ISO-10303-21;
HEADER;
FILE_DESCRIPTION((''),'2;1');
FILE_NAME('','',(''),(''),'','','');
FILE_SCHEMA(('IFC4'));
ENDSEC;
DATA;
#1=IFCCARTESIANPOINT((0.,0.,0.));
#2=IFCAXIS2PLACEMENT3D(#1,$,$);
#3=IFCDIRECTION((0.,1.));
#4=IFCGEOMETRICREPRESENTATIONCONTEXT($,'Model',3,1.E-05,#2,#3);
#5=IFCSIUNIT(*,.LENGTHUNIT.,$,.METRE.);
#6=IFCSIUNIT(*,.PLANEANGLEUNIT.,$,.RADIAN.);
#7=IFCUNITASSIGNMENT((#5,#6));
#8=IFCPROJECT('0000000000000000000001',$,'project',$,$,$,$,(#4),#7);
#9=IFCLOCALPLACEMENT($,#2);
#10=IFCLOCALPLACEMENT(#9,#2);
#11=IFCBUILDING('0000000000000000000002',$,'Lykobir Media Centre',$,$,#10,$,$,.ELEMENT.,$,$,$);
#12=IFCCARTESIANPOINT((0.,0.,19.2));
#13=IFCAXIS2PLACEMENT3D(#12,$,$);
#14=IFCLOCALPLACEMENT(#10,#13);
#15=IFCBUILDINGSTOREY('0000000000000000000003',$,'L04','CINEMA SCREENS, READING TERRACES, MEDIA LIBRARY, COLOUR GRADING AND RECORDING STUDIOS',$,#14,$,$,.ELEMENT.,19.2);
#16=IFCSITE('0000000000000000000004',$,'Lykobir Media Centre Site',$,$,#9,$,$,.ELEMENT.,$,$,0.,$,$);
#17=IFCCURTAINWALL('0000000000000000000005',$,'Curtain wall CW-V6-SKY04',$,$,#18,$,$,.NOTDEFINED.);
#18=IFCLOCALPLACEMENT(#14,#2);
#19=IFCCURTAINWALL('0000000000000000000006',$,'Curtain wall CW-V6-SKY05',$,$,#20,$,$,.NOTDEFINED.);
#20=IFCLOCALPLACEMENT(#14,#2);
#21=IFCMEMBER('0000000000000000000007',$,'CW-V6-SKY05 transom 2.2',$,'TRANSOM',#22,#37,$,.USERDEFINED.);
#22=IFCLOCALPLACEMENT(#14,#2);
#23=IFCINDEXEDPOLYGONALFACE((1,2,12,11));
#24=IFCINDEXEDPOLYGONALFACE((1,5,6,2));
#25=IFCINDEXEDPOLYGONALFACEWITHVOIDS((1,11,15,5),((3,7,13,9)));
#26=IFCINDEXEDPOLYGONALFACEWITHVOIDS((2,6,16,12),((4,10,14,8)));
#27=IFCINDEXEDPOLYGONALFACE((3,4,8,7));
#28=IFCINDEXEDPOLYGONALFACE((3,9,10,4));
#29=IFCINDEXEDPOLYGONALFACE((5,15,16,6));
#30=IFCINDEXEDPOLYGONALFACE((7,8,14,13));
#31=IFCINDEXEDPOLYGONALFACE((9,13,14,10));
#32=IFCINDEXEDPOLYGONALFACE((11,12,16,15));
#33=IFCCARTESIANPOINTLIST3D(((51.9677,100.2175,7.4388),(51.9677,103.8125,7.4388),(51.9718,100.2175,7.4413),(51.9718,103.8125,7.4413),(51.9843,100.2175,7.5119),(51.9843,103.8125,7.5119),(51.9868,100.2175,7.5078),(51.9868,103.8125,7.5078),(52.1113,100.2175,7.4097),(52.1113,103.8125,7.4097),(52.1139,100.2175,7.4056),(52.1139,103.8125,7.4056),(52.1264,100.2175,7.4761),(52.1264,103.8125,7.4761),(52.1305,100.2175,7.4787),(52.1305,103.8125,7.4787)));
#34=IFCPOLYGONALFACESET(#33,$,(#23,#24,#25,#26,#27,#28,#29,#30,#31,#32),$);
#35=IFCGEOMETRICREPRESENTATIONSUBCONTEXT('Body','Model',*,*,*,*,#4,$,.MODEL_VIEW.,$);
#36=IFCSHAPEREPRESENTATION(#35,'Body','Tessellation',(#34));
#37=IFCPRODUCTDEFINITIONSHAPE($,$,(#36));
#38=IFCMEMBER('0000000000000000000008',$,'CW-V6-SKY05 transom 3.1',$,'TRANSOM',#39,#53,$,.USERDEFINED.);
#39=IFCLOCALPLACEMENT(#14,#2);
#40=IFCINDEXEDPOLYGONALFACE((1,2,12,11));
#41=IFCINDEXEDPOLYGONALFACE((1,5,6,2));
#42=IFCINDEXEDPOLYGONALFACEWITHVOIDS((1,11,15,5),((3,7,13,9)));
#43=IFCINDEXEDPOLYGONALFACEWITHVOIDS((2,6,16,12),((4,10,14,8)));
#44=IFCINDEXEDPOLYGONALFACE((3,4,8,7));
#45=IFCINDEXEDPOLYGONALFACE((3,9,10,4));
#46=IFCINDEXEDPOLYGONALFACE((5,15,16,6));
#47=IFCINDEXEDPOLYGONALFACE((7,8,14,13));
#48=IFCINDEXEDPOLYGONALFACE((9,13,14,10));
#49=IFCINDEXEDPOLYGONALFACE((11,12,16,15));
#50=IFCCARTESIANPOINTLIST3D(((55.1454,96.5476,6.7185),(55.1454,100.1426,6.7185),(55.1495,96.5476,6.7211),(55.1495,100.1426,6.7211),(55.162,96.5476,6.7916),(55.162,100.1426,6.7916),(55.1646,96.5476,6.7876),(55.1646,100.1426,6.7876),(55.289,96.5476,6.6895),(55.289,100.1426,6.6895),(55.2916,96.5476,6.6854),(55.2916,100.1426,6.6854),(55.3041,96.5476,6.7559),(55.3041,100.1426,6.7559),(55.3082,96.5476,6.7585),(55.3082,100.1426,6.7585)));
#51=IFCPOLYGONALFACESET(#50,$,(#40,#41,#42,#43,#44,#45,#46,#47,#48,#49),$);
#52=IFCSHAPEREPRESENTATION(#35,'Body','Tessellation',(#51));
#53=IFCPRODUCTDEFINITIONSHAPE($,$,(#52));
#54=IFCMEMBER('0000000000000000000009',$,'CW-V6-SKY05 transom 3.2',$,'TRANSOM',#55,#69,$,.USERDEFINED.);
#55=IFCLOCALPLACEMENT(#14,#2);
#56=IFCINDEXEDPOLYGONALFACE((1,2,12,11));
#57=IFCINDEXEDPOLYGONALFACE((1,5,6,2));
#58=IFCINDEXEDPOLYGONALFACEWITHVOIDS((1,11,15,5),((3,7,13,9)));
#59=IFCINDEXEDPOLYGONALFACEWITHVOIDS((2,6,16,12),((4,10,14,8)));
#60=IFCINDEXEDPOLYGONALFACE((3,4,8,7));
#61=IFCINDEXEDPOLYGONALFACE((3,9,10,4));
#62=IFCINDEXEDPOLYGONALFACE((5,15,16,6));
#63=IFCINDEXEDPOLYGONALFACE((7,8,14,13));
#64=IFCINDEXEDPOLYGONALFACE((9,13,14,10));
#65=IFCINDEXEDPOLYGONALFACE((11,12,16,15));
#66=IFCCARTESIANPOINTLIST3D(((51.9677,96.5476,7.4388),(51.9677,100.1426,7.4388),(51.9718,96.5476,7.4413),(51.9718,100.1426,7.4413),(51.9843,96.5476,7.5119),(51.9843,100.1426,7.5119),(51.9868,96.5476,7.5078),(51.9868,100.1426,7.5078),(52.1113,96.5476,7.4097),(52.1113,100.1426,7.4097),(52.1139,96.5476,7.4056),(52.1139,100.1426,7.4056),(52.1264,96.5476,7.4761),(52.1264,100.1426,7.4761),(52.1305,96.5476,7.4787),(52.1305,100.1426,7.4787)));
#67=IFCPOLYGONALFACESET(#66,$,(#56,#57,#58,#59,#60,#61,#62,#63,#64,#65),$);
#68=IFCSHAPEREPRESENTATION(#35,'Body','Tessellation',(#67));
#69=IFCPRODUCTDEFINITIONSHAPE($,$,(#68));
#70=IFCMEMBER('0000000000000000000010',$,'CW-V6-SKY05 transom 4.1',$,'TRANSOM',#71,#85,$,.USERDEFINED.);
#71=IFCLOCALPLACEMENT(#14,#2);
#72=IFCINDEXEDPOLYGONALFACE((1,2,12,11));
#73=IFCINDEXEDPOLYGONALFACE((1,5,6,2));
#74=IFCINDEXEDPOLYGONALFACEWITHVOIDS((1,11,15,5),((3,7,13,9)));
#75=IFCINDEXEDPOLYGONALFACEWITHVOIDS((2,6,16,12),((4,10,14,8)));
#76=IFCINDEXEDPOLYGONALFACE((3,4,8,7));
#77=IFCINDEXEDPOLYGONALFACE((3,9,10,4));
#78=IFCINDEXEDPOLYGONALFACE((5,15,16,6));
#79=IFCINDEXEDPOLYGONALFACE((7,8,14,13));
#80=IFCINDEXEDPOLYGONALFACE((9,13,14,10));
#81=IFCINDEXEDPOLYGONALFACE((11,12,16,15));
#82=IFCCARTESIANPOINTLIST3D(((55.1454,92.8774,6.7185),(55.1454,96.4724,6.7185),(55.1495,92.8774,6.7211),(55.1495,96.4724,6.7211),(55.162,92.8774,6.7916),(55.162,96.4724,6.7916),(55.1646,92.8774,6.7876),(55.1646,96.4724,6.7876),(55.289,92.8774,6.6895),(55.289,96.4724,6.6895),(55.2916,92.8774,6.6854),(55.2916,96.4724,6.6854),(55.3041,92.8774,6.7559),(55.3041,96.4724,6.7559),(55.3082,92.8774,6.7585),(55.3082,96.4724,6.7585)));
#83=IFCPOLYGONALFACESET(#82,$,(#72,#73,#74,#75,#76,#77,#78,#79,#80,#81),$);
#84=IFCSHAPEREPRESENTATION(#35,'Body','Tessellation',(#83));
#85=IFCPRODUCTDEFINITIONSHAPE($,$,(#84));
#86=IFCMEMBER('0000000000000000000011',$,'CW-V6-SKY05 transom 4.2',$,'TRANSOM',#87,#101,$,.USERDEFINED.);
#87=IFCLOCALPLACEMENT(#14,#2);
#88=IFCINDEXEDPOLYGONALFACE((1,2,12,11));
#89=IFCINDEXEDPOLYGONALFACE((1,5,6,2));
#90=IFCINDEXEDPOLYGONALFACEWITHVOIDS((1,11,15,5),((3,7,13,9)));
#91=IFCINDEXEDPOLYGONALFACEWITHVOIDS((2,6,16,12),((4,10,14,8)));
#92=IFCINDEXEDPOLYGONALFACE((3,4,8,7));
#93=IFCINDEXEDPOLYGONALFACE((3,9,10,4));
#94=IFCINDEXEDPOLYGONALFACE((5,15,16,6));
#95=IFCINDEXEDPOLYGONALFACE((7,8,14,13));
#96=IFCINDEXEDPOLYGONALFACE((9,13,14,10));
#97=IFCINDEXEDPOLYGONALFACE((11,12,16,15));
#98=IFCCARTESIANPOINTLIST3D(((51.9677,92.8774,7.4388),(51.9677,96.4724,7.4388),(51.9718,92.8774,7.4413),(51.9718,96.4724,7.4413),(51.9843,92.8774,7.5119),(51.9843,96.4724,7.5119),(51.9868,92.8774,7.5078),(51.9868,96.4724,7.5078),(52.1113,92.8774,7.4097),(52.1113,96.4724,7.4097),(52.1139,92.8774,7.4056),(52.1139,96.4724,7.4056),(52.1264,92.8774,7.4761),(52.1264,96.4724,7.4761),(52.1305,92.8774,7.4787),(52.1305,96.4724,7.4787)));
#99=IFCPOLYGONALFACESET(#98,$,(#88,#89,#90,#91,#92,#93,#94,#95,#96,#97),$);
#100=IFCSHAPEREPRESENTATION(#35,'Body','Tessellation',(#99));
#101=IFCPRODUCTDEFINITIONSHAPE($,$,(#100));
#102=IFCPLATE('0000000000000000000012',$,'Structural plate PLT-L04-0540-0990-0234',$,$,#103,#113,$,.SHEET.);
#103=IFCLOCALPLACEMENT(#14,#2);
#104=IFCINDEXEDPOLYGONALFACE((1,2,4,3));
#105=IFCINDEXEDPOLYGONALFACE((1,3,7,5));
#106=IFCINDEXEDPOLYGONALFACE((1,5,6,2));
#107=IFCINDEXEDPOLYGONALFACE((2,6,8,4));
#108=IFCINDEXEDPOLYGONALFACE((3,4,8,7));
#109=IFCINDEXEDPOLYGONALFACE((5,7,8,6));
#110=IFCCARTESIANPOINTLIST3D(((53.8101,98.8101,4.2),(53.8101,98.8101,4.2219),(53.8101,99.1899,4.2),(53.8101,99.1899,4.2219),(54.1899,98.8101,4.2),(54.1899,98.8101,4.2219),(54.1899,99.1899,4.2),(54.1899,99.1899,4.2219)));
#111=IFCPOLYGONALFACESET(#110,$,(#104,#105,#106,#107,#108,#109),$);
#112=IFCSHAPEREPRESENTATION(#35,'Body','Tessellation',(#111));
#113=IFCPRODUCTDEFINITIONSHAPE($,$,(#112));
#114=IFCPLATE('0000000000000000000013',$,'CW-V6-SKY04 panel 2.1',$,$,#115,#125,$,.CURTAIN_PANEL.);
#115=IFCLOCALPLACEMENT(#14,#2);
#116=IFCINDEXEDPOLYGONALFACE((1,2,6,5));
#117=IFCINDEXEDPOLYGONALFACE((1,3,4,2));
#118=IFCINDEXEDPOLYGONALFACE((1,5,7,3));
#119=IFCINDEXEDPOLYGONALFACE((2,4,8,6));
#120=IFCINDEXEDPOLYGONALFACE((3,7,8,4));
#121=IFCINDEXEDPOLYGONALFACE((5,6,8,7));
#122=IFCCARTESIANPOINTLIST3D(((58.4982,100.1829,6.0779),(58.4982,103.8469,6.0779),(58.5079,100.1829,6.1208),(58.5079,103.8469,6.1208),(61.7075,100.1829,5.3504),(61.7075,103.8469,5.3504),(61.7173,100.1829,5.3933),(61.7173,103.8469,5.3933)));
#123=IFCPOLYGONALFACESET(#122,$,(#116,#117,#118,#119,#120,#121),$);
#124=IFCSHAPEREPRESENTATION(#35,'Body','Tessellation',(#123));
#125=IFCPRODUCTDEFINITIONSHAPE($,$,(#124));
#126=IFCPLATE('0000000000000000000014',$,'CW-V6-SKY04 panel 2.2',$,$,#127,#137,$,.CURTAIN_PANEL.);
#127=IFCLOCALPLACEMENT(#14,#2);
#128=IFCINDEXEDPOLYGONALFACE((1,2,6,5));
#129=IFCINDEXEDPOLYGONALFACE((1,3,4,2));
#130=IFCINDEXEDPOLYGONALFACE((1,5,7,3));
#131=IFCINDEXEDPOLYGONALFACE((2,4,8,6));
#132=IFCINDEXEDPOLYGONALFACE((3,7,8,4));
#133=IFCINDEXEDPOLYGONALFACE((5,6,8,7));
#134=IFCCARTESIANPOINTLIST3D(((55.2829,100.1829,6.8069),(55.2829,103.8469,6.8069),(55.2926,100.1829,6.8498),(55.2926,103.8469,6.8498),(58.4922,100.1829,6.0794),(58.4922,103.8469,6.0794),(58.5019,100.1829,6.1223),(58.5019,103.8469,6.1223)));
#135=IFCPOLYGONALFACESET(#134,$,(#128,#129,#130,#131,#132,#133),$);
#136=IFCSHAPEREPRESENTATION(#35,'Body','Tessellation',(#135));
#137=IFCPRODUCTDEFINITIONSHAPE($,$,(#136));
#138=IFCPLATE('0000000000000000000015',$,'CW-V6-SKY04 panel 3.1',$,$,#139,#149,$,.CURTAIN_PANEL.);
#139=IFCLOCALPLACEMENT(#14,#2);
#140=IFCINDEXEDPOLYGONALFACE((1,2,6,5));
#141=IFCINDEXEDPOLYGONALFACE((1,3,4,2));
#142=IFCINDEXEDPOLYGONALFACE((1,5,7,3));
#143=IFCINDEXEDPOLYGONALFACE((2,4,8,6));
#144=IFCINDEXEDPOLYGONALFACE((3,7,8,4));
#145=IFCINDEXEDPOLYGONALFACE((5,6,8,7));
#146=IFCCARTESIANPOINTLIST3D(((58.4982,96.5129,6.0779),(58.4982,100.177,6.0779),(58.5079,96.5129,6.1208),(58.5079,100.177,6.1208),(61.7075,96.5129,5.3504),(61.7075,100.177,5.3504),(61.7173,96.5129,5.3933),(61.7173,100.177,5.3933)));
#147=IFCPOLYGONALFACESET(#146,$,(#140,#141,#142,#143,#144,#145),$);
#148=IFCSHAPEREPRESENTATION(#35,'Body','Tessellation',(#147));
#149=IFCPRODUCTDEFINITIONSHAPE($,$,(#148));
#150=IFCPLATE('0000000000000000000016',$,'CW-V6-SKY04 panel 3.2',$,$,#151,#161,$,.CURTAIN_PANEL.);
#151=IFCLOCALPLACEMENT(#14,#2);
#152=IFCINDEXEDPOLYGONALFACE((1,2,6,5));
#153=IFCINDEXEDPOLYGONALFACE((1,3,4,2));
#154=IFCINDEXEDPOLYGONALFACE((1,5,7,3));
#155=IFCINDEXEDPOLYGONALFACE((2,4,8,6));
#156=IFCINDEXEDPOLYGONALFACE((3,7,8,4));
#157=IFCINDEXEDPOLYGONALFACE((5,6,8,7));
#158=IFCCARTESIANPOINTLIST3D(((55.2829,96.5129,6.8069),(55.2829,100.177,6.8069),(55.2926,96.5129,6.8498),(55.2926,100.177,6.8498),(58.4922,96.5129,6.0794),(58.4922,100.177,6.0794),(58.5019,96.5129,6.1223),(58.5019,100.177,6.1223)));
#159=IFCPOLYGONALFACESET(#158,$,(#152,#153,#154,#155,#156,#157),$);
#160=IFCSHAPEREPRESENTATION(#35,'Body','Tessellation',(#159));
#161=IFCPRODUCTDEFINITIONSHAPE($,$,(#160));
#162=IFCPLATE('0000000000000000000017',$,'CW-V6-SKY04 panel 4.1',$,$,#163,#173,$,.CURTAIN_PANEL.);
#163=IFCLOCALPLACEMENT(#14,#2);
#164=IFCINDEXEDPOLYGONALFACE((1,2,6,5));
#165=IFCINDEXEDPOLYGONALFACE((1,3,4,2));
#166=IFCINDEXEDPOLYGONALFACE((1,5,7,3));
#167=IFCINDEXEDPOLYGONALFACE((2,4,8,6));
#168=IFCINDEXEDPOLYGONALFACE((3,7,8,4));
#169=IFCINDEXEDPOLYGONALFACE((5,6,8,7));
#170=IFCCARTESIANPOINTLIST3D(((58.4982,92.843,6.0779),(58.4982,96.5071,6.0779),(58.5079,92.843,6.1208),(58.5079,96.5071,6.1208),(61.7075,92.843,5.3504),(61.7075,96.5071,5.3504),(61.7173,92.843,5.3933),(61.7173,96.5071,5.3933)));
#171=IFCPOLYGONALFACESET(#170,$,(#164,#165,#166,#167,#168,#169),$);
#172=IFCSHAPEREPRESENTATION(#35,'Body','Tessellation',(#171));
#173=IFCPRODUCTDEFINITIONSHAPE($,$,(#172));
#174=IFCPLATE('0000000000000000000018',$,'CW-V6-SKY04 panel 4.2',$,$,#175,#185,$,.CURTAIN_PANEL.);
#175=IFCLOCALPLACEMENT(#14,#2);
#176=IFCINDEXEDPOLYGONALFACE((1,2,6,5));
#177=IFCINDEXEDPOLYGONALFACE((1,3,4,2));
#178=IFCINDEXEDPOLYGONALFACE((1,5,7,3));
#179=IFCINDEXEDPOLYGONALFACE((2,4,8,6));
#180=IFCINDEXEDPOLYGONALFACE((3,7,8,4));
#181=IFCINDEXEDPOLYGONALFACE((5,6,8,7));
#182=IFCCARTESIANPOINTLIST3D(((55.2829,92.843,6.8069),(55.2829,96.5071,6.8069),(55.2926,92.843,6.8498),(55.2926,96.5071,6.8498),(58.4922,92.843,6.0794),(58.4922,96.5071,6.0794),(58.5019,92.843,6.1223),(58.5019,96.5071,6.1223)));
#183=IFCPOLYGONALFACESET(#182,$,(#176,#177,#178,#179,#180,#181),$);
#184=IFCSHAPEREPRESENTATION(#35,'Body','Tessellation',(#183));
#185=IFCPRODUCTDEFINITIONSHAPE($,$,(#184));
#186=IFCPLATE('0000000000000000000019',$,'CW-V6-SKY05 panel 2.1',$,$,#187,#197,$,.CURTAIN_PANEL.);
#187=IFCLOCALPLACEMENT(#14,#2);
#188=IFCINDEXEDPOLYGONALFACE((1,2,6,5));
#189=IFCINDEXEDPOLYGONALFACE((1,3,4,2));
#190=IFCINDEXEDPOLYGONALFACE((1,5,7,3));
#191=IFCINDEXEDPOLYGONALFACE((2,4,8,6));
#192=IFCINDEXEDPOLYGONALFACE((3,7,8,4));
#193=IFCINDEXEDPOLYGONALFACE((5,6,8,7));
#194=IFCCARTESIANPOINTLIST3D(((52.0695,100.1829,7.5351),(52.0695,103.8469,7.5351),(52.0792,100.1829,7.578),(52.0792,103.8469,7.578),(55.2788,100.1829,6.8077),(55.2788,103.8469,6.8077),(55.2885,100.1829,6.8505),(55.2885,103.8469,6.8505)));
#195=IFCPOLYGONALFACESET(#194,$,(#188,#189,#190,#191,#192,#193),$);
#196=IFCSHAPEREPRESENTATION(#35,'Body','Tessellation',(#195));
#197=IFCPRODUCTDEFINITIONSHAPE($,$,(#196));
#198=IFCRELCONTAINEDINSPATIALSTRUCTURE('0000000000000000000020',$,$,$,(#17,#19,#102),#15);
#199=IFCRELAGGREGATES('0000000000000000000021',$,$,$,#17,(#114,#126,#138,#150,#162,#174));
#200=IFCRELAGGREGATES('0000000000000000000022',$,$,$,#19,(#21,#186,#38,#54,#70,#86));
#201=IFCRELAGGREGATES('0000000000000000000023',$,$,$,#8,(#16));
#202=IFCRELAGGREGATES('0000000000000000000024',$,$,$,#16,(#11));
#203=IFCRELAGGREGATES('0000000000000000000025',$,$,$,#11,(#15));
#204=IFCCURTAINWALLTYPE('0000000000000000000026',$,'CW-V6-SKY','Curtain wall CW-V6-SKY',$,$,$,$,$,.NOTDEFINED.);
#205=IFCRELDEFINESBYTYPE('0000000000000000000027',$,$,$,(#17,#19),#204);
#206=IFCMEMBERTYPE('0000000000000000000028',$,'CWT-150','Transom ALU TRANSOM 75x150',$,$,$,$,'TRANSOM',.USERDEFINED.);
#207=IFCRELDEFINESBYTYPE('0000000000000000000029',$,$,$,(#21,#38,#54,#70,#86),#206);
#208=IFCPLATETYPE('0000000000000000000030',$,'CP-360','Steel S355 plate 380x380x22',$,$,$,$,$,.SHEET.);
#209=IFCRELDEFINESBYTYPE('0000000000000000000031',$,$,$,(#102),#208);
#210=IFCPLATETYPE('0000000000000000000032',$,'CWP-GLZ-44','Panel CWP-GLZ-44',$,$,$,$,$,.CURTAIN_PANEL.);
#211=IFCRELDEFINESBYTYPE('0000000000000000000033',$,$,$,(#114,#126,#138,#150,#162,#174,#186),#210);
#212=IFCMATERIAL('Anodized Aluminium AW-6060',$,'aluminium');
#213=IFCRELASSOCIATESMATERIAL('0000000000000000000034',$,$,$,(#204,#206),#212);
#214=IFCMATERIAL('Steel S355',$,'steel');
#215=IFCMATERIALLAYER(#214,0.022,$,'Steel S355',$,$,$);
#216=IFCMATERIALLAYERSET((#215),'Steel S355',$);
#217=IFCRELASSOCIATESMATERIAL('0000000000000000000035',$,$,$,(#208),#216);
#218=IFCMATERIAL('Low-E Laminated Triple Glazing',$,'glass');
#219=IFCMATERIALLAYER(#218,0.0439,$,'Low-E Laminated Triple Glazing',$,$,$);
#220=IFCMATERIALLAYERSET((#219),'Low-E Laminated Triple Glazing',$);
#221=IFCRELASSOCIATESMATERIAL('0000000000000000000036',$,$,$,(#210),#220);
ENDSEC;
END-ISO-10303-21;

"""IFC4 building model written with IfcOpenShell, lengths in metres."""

from ifc_helpers import new_model, si_unit, direction, frame, origin, origin_2d, place, context, subcontext, project, spatial, rectangle, hollow_rectangle, extrude, material, layer, layer_set, material_profile, profile_set, type_object, element, aggregate, save


model = new_model("IFC4")

# Units and contexts
model_context = context("Model", 3, precision=1e-05, world=origin(), true_north=direction((0.0, 1.0)))
body_context = subcontext(model_context, "Body", "Model", "MODEL_VIEW")
ifc_project = project(units=[si_unit("LENGTHUNIT", "METRE"), si_unit("PLANEANGLEUNIT", "RADIAN")], contexts=[model_context])

# Site, building, storey
site_placement = place(None, origin())
site = spatial("IfcSite", under=ifc_project, at=site_placement, Name="Lykobir Media Centre Site", CompositionType="ELEMENT", RefElevation=0.0)
building_placement = place(site_placement, origin())
building = spatial("IfcBuilding", under=site, at=building_placement, Name="Lykobir Media Centre", CompositionType="ELEMENT")
storey_placement = place(building_placement, frame((0.0, 0.0, 19.2)))
storey = spatial("IfcBuildingStorey", under=building, at=storey_placement, Name="L04", Description="CINEMA SCREENS, READING TERRACES, MEDIA LIBRARY, COLOUR GRADING AND RECORDING STUDIOS", CompositionType="ELEMENT", Elevation=19.2)

# Shared definitions
ifc_material_1 = material(Name="Steel S355", Category="steel")

# Curtain walls, members
ifc_material_2 = material(Name="Anodized Aluminium AW-6060", Category="aluminium")
curtain_wall_type = type_object("IfcCurtainWallType", Name="CW-V6-SKY", Description="Curtain wall CW-V6-SKY", PredefinedType="NOTDEFINED", material=ifc_material_2)
ifc_material_profile_1 = material_profile(ifc_material_2, hollow_rectangle(XDim=0.075, YDim=0.1499, WallThickness=0.0034, at=origin_2d()), Name="ALU TRANSOM 75x150")
ifc_profile_set_1 = profile_set([ifc_material_profile_1], Name="Anodized Aluminium AW-6060")
member_type_1 = type_object("IfcMemberType", Name="CWT-150", Description="Transom ALU TRANSOM 75x150", ElementType="TRANSOM", PredefinedType="USERDEFINED", material=ifc_profile_set_1)
curtain_wall_1_placement = place(storey_placement, origin())
curtain_wall_1 = element("IfcCurtainWall", 1, at=curtain_wall_1_placement, inside=storey, type_object=curtain_wall_type, Name="Curtain wall CW-V6-SKY04", PredefinedType="NOTDEFINED")
curtain_wall_2_placement = place(storey_placement, origin())
curtain_wall_2 = element("IfcCurtainWall", 2, at=curtain_wall_2_placement, inside=storey, type_object=curtain_wall_type, Name="Curtain wall CW-V6-SKY05", PredefinedType="NOTDEFINED")
member_1_placement = place(storey_placement, frame((52.0491, 103.8125, 7.4587), z_axis=(0.0, -1.0, 0.0), x_axis=(0.221055, 0.0, 0.975261)))
member_1 = element("IfcMember", 3, at=member_1_placement, type_object=member_type_1, Name="CW-V6-SKY05 transom 2.2", ObjectType="TRANSOM", PredefinedType="USERDEFINED", context=body_context, shape_type="SweptSolid", body=[
    extrude(hollow_rectangle(XDim=0.075, YDim=0.1499, WallThickness=0.0034, at=origin_2d()), origin(), (0.0, 0.0, 1.0), 3.595),
])
member_2_placement = place(storey_placement, frame((55.2268, 100.1426, 6.7385), z_axis=(0.0, -1.0, 0.0), x_axis=(0.221055, 0.0, 0.975261)))
member_2 = element("IfcMember", 4, at=member_2_placement, type_object=member_type_1, Name="CW-V6-SKY05 transom 3.1", ObjectType="TRANSOM", PredefinedType="USERDEFINED", context=body_context, shape_type="SweptSolid", body=[
    extrude(hollow_rectangle(XDim=0.075, YDim=0.1499, WallThickness=0.0034, at=origin_2d()), origin(), (0.0, 0.0, 1.0), 3.595),
])
member_3_placement = place(storey_placement, frame((52.0491, 100.1426, 7.4587), z_axis=(0.0, -1.0, 0.0), x_axis=(0.221055, 0.0, 0.975261)))
member_3 = element("IfcMember", 5, at=member_3_placement, type_object=member_type_1, Name="CW-V6-SKY05 transom 3.2", ObjectType="TRANSOM", PredefinedType="USERDEFINED", context=body_context, shape_type="SweptSolid", body=[
    extrude(hollow_rectangle(XDim=0.075, YDim=0.1499, WallThickness=0.0034, at=origin_2d()), origin(), (0.0, 0.0, 1.0), 3.595),
])
member_4_placement = place(storey_placement, frame((55.2268, 96.4724, 6.7385), z_axis=(0.0, -1.0, 0.0), x_axis=(0.221055, 0.0, 0.975261)))
member_4 = element("IfcMember", 6, at=member_4_placement, type_object=member_type_1, Name="CW-V6-SKY05 transom 4.1", ObjectType="TRANSOM", PredefinedType="USERDEFINED", context=body_context, shape_type="SweptSolid", body=[
    extrude(hollow_rectangle(XDim=0.075, YDim=0.1499, WallThickness=0.0034, at=origin_2d()), origin(), (0.0, 0.0, 1.0), 3.595),
])
member_5_placement = place(storey_placement, frame((52.0491, 96.4724, 7.4587), z_axis=(0.0, -1.0, 0.0), x_axis=(0.221055, 0.0, 0.975261)))
member_5 = element("IfcMember", 7, at=member_5_placement, type_object=member_type_1, Name="CW-V6-SKY05 transom 4.2", ObjectType="TRANSOM", PredefinedType="USERDEFINED", context=body_context, shape_type="SweptSolid", body=[
    extrude(hollow_rectangle(XDim=0.075, YDim=0.1499, WallThickness=0.0034, at=origin_2d()), origin(), (0.0, 0.0, 1.0), 3.595),
])

# Plates
ifc_layer_1 = layer(ifc_material_1, 0.022, Name="Steel S355")
ifc_layer_set_1 = layer_set([ifc_layer_1], Name="Steel S355")
plate_type_1 = type_object("IfcPlateType", Name="CP-360", Description="Steel S355 plate 380x380x22", PredefinedType="SHEET", material=ifc_layer_set_1)
plate_1_placement = place(storey_placement, frame((54.0, 99.0, 4.2), z_axis=(0.0, 0.0, 1.0), x_axis=(1.0, 0.0, 0.0)))
element("IfcPlate", 8, at=plate_1_placement, inside=storey, type_object=plate_type_1, Name="Structural plate PLT-L04-0540-0990-0234", PredefinedType="SHEET", context=body_context, shape_type="SweptSolid", body=[
    extrude(rectangle(XDim=0.3799, YDim=0.3799, at=origin_2d()), origin(), (0.0, 0.0, 1.0), 0.022),
])
ifc_material_3 = material(Name="Low-E Laminated Triple Glazing", Category="glass")
ifc_layer_2 = layer(ifc_material_3, 0.0439, Name="Low-E Laminated Triple Glazing")
ifc_layer_set_2 = layer_set([ifc_layer_2], Name="Low-E Laminated Triple Glazing")
plate_type_2 = type_object("IfcPlateType", Name="CWP-GLZ-44", Description="Panel CWP-GLZ-44", PredefinedType="CURTAIN_PANEL", material=ifc_layer_set_2)
plate_2_placement = place(storey_placement, frame((61.7124, 102.0149, 5.3718), z_axis=(-0.975258, 0.0, 0.221072), x_axis=(0.0, -1.0, 0.0)))
plate_2 = element("IfcPlate", 9, at=plate_2_placement, type_object=plate_type_2, Name="CW-V6-SKY04 panel 2.1", PredefinedType="CURTAIN_PANEL", context=body_context, shape_type="SweptSolid", body=[
    extrude(rectangle(XDim=3.6641, YDim=0.0439, at=origin_2d()), origin(), (0.0, 0.0, 1.0), 3.2908),
])
plate_3_placement = place(storey_placement, frame((58.4971, 102.0149, 6.1008), z_axis=(-0.975258, 0.0, 0.221072), x_axis=(0.0, -1.0, 0.0)))
plate_3 = element("IfcPlate", 10, at=plate_3_placement, type_object=plate_type_2, Name="CW-V6-SKY04 panel 2.2", PredefinedType="CURTAIN_PANEL", context=body_context, shape_type="SweptSolid", body=[
    extrude(rectangle(XDim=3.6641, YDim=0.0439, at=origin_2d()), origin(), (0.0, 0.0, 1.0), 3.2908),
])
plate_4_placement = place(storey_placement, frame((61.7124, 98.345, 5.3718), z_axis=(-0.975258, 0.0, 0.221072), x_axis=(0.0, -1.0, 0.0)))
plate_4 = element("IfcPlate", 11, at=plate_4_placement, type_object=plate_type_2, Name="CW-V6-SKY04 panel 3.1", PredefinedType="CURTAIN_PANEL", context=body_context, shape_type="SweptSolid", body=[
    extrude(rectangle(XDim=3.6641, YDim=0.0439, at=origin_2d()), origin(), (0.0, 0.0, 1.0), 3.2908),
])
plate_5_placement = place(storey_placement, frame((58.4971, 98.345, 6.1008), z_axis=(-0.975258, 0.0, 0.221072), x_axis=(0.0, -1.0, 0.0)))
plate_5 = element("IfcPlate", 12, at=plate_5_placement, type_object=plate_type_2, Name="CW-V6-SKY04 panel 3.2", PredefinedType="CURTAIN_PANEL", context=body_context, shape_type="SweptSolid", body=[
    extrude(rectangle(XDim=3.6641, YDim=0.0439, at=origin_2d()), origin(), (0.0, 0.0, 1.0), 3.2908),
])
plate_6_placement = place(storey_placement, frame((61.7124, 94.675, 5.3718), z_axis=(-0.975258, 0.0, 0.221072), x_axis=(0.0, -1.0, 0.0)))
plate_6 = element("IfcPlate", 13, at=plate_6_placement, type_object=plate_type_2, Name="CW-V6-SKY04 panel 4.1", PredefinedType="CURTAIN_PANEL", context=body_context, shape_type="SweptSolid", body=[
    extrude(rectangle(XDim=3.6641, YDim=0.0439, at=origin_2d()), origin(), (0.0, 0.0, 1.0), 3.2908),
])
plate_7_placement = place(storey_placement, frame((58.4971, 94.675, 6.1008), z_axis=(-0.975258, 0.0, 0.221072), x_axis=(0.0, -1.0, 0.0)))
plate_7 = element("IfcPlate", 14, at=plate_7_placement, type_object=plate_type_2, Name="CW-V6-SKY04 panel 4.2", PredefinedType="CURTAIN_PANEL", context=body_context, shape_type="SweptSolid", body=[
    extrude(rectangle(XDim=3.6641, YDim=0.0439, at=origin_2d()), origin(), (0.0, 0.0, 1.0), 3.2908),
])
aggregate(curtain_wall_1, [plate_2, plate_3, plate_4, plate_5, plate_6, plate_7])
plate_8_placement = place(storey_placement, frame((55.2837, 102.0149, 6.8291), z_axis=(-0.975261, 0.0, 0.221055), x_axis=(0.0, -1.0, 0.0)))
plate_8 = element("IfcPlate", 15, at=plate_8_placement, type_object=plate_type_2, Name="CW-V6-SKY05 panel 2.1", PredefinedType="CURTAIN_PANEL", context=body_context, shape_type="SweptSolid", body=[
    extrude(rectangle(XDim=3.6641, YDim=0.0439, at=origin_2d()), origin(), (0.0, 0.0, 1.0), 3.2908),
])
aggregate(curtain_wall_2, [member_1, plate_8, member_2, member_3, member_4, member_5])

save(model, "model.ifc")
